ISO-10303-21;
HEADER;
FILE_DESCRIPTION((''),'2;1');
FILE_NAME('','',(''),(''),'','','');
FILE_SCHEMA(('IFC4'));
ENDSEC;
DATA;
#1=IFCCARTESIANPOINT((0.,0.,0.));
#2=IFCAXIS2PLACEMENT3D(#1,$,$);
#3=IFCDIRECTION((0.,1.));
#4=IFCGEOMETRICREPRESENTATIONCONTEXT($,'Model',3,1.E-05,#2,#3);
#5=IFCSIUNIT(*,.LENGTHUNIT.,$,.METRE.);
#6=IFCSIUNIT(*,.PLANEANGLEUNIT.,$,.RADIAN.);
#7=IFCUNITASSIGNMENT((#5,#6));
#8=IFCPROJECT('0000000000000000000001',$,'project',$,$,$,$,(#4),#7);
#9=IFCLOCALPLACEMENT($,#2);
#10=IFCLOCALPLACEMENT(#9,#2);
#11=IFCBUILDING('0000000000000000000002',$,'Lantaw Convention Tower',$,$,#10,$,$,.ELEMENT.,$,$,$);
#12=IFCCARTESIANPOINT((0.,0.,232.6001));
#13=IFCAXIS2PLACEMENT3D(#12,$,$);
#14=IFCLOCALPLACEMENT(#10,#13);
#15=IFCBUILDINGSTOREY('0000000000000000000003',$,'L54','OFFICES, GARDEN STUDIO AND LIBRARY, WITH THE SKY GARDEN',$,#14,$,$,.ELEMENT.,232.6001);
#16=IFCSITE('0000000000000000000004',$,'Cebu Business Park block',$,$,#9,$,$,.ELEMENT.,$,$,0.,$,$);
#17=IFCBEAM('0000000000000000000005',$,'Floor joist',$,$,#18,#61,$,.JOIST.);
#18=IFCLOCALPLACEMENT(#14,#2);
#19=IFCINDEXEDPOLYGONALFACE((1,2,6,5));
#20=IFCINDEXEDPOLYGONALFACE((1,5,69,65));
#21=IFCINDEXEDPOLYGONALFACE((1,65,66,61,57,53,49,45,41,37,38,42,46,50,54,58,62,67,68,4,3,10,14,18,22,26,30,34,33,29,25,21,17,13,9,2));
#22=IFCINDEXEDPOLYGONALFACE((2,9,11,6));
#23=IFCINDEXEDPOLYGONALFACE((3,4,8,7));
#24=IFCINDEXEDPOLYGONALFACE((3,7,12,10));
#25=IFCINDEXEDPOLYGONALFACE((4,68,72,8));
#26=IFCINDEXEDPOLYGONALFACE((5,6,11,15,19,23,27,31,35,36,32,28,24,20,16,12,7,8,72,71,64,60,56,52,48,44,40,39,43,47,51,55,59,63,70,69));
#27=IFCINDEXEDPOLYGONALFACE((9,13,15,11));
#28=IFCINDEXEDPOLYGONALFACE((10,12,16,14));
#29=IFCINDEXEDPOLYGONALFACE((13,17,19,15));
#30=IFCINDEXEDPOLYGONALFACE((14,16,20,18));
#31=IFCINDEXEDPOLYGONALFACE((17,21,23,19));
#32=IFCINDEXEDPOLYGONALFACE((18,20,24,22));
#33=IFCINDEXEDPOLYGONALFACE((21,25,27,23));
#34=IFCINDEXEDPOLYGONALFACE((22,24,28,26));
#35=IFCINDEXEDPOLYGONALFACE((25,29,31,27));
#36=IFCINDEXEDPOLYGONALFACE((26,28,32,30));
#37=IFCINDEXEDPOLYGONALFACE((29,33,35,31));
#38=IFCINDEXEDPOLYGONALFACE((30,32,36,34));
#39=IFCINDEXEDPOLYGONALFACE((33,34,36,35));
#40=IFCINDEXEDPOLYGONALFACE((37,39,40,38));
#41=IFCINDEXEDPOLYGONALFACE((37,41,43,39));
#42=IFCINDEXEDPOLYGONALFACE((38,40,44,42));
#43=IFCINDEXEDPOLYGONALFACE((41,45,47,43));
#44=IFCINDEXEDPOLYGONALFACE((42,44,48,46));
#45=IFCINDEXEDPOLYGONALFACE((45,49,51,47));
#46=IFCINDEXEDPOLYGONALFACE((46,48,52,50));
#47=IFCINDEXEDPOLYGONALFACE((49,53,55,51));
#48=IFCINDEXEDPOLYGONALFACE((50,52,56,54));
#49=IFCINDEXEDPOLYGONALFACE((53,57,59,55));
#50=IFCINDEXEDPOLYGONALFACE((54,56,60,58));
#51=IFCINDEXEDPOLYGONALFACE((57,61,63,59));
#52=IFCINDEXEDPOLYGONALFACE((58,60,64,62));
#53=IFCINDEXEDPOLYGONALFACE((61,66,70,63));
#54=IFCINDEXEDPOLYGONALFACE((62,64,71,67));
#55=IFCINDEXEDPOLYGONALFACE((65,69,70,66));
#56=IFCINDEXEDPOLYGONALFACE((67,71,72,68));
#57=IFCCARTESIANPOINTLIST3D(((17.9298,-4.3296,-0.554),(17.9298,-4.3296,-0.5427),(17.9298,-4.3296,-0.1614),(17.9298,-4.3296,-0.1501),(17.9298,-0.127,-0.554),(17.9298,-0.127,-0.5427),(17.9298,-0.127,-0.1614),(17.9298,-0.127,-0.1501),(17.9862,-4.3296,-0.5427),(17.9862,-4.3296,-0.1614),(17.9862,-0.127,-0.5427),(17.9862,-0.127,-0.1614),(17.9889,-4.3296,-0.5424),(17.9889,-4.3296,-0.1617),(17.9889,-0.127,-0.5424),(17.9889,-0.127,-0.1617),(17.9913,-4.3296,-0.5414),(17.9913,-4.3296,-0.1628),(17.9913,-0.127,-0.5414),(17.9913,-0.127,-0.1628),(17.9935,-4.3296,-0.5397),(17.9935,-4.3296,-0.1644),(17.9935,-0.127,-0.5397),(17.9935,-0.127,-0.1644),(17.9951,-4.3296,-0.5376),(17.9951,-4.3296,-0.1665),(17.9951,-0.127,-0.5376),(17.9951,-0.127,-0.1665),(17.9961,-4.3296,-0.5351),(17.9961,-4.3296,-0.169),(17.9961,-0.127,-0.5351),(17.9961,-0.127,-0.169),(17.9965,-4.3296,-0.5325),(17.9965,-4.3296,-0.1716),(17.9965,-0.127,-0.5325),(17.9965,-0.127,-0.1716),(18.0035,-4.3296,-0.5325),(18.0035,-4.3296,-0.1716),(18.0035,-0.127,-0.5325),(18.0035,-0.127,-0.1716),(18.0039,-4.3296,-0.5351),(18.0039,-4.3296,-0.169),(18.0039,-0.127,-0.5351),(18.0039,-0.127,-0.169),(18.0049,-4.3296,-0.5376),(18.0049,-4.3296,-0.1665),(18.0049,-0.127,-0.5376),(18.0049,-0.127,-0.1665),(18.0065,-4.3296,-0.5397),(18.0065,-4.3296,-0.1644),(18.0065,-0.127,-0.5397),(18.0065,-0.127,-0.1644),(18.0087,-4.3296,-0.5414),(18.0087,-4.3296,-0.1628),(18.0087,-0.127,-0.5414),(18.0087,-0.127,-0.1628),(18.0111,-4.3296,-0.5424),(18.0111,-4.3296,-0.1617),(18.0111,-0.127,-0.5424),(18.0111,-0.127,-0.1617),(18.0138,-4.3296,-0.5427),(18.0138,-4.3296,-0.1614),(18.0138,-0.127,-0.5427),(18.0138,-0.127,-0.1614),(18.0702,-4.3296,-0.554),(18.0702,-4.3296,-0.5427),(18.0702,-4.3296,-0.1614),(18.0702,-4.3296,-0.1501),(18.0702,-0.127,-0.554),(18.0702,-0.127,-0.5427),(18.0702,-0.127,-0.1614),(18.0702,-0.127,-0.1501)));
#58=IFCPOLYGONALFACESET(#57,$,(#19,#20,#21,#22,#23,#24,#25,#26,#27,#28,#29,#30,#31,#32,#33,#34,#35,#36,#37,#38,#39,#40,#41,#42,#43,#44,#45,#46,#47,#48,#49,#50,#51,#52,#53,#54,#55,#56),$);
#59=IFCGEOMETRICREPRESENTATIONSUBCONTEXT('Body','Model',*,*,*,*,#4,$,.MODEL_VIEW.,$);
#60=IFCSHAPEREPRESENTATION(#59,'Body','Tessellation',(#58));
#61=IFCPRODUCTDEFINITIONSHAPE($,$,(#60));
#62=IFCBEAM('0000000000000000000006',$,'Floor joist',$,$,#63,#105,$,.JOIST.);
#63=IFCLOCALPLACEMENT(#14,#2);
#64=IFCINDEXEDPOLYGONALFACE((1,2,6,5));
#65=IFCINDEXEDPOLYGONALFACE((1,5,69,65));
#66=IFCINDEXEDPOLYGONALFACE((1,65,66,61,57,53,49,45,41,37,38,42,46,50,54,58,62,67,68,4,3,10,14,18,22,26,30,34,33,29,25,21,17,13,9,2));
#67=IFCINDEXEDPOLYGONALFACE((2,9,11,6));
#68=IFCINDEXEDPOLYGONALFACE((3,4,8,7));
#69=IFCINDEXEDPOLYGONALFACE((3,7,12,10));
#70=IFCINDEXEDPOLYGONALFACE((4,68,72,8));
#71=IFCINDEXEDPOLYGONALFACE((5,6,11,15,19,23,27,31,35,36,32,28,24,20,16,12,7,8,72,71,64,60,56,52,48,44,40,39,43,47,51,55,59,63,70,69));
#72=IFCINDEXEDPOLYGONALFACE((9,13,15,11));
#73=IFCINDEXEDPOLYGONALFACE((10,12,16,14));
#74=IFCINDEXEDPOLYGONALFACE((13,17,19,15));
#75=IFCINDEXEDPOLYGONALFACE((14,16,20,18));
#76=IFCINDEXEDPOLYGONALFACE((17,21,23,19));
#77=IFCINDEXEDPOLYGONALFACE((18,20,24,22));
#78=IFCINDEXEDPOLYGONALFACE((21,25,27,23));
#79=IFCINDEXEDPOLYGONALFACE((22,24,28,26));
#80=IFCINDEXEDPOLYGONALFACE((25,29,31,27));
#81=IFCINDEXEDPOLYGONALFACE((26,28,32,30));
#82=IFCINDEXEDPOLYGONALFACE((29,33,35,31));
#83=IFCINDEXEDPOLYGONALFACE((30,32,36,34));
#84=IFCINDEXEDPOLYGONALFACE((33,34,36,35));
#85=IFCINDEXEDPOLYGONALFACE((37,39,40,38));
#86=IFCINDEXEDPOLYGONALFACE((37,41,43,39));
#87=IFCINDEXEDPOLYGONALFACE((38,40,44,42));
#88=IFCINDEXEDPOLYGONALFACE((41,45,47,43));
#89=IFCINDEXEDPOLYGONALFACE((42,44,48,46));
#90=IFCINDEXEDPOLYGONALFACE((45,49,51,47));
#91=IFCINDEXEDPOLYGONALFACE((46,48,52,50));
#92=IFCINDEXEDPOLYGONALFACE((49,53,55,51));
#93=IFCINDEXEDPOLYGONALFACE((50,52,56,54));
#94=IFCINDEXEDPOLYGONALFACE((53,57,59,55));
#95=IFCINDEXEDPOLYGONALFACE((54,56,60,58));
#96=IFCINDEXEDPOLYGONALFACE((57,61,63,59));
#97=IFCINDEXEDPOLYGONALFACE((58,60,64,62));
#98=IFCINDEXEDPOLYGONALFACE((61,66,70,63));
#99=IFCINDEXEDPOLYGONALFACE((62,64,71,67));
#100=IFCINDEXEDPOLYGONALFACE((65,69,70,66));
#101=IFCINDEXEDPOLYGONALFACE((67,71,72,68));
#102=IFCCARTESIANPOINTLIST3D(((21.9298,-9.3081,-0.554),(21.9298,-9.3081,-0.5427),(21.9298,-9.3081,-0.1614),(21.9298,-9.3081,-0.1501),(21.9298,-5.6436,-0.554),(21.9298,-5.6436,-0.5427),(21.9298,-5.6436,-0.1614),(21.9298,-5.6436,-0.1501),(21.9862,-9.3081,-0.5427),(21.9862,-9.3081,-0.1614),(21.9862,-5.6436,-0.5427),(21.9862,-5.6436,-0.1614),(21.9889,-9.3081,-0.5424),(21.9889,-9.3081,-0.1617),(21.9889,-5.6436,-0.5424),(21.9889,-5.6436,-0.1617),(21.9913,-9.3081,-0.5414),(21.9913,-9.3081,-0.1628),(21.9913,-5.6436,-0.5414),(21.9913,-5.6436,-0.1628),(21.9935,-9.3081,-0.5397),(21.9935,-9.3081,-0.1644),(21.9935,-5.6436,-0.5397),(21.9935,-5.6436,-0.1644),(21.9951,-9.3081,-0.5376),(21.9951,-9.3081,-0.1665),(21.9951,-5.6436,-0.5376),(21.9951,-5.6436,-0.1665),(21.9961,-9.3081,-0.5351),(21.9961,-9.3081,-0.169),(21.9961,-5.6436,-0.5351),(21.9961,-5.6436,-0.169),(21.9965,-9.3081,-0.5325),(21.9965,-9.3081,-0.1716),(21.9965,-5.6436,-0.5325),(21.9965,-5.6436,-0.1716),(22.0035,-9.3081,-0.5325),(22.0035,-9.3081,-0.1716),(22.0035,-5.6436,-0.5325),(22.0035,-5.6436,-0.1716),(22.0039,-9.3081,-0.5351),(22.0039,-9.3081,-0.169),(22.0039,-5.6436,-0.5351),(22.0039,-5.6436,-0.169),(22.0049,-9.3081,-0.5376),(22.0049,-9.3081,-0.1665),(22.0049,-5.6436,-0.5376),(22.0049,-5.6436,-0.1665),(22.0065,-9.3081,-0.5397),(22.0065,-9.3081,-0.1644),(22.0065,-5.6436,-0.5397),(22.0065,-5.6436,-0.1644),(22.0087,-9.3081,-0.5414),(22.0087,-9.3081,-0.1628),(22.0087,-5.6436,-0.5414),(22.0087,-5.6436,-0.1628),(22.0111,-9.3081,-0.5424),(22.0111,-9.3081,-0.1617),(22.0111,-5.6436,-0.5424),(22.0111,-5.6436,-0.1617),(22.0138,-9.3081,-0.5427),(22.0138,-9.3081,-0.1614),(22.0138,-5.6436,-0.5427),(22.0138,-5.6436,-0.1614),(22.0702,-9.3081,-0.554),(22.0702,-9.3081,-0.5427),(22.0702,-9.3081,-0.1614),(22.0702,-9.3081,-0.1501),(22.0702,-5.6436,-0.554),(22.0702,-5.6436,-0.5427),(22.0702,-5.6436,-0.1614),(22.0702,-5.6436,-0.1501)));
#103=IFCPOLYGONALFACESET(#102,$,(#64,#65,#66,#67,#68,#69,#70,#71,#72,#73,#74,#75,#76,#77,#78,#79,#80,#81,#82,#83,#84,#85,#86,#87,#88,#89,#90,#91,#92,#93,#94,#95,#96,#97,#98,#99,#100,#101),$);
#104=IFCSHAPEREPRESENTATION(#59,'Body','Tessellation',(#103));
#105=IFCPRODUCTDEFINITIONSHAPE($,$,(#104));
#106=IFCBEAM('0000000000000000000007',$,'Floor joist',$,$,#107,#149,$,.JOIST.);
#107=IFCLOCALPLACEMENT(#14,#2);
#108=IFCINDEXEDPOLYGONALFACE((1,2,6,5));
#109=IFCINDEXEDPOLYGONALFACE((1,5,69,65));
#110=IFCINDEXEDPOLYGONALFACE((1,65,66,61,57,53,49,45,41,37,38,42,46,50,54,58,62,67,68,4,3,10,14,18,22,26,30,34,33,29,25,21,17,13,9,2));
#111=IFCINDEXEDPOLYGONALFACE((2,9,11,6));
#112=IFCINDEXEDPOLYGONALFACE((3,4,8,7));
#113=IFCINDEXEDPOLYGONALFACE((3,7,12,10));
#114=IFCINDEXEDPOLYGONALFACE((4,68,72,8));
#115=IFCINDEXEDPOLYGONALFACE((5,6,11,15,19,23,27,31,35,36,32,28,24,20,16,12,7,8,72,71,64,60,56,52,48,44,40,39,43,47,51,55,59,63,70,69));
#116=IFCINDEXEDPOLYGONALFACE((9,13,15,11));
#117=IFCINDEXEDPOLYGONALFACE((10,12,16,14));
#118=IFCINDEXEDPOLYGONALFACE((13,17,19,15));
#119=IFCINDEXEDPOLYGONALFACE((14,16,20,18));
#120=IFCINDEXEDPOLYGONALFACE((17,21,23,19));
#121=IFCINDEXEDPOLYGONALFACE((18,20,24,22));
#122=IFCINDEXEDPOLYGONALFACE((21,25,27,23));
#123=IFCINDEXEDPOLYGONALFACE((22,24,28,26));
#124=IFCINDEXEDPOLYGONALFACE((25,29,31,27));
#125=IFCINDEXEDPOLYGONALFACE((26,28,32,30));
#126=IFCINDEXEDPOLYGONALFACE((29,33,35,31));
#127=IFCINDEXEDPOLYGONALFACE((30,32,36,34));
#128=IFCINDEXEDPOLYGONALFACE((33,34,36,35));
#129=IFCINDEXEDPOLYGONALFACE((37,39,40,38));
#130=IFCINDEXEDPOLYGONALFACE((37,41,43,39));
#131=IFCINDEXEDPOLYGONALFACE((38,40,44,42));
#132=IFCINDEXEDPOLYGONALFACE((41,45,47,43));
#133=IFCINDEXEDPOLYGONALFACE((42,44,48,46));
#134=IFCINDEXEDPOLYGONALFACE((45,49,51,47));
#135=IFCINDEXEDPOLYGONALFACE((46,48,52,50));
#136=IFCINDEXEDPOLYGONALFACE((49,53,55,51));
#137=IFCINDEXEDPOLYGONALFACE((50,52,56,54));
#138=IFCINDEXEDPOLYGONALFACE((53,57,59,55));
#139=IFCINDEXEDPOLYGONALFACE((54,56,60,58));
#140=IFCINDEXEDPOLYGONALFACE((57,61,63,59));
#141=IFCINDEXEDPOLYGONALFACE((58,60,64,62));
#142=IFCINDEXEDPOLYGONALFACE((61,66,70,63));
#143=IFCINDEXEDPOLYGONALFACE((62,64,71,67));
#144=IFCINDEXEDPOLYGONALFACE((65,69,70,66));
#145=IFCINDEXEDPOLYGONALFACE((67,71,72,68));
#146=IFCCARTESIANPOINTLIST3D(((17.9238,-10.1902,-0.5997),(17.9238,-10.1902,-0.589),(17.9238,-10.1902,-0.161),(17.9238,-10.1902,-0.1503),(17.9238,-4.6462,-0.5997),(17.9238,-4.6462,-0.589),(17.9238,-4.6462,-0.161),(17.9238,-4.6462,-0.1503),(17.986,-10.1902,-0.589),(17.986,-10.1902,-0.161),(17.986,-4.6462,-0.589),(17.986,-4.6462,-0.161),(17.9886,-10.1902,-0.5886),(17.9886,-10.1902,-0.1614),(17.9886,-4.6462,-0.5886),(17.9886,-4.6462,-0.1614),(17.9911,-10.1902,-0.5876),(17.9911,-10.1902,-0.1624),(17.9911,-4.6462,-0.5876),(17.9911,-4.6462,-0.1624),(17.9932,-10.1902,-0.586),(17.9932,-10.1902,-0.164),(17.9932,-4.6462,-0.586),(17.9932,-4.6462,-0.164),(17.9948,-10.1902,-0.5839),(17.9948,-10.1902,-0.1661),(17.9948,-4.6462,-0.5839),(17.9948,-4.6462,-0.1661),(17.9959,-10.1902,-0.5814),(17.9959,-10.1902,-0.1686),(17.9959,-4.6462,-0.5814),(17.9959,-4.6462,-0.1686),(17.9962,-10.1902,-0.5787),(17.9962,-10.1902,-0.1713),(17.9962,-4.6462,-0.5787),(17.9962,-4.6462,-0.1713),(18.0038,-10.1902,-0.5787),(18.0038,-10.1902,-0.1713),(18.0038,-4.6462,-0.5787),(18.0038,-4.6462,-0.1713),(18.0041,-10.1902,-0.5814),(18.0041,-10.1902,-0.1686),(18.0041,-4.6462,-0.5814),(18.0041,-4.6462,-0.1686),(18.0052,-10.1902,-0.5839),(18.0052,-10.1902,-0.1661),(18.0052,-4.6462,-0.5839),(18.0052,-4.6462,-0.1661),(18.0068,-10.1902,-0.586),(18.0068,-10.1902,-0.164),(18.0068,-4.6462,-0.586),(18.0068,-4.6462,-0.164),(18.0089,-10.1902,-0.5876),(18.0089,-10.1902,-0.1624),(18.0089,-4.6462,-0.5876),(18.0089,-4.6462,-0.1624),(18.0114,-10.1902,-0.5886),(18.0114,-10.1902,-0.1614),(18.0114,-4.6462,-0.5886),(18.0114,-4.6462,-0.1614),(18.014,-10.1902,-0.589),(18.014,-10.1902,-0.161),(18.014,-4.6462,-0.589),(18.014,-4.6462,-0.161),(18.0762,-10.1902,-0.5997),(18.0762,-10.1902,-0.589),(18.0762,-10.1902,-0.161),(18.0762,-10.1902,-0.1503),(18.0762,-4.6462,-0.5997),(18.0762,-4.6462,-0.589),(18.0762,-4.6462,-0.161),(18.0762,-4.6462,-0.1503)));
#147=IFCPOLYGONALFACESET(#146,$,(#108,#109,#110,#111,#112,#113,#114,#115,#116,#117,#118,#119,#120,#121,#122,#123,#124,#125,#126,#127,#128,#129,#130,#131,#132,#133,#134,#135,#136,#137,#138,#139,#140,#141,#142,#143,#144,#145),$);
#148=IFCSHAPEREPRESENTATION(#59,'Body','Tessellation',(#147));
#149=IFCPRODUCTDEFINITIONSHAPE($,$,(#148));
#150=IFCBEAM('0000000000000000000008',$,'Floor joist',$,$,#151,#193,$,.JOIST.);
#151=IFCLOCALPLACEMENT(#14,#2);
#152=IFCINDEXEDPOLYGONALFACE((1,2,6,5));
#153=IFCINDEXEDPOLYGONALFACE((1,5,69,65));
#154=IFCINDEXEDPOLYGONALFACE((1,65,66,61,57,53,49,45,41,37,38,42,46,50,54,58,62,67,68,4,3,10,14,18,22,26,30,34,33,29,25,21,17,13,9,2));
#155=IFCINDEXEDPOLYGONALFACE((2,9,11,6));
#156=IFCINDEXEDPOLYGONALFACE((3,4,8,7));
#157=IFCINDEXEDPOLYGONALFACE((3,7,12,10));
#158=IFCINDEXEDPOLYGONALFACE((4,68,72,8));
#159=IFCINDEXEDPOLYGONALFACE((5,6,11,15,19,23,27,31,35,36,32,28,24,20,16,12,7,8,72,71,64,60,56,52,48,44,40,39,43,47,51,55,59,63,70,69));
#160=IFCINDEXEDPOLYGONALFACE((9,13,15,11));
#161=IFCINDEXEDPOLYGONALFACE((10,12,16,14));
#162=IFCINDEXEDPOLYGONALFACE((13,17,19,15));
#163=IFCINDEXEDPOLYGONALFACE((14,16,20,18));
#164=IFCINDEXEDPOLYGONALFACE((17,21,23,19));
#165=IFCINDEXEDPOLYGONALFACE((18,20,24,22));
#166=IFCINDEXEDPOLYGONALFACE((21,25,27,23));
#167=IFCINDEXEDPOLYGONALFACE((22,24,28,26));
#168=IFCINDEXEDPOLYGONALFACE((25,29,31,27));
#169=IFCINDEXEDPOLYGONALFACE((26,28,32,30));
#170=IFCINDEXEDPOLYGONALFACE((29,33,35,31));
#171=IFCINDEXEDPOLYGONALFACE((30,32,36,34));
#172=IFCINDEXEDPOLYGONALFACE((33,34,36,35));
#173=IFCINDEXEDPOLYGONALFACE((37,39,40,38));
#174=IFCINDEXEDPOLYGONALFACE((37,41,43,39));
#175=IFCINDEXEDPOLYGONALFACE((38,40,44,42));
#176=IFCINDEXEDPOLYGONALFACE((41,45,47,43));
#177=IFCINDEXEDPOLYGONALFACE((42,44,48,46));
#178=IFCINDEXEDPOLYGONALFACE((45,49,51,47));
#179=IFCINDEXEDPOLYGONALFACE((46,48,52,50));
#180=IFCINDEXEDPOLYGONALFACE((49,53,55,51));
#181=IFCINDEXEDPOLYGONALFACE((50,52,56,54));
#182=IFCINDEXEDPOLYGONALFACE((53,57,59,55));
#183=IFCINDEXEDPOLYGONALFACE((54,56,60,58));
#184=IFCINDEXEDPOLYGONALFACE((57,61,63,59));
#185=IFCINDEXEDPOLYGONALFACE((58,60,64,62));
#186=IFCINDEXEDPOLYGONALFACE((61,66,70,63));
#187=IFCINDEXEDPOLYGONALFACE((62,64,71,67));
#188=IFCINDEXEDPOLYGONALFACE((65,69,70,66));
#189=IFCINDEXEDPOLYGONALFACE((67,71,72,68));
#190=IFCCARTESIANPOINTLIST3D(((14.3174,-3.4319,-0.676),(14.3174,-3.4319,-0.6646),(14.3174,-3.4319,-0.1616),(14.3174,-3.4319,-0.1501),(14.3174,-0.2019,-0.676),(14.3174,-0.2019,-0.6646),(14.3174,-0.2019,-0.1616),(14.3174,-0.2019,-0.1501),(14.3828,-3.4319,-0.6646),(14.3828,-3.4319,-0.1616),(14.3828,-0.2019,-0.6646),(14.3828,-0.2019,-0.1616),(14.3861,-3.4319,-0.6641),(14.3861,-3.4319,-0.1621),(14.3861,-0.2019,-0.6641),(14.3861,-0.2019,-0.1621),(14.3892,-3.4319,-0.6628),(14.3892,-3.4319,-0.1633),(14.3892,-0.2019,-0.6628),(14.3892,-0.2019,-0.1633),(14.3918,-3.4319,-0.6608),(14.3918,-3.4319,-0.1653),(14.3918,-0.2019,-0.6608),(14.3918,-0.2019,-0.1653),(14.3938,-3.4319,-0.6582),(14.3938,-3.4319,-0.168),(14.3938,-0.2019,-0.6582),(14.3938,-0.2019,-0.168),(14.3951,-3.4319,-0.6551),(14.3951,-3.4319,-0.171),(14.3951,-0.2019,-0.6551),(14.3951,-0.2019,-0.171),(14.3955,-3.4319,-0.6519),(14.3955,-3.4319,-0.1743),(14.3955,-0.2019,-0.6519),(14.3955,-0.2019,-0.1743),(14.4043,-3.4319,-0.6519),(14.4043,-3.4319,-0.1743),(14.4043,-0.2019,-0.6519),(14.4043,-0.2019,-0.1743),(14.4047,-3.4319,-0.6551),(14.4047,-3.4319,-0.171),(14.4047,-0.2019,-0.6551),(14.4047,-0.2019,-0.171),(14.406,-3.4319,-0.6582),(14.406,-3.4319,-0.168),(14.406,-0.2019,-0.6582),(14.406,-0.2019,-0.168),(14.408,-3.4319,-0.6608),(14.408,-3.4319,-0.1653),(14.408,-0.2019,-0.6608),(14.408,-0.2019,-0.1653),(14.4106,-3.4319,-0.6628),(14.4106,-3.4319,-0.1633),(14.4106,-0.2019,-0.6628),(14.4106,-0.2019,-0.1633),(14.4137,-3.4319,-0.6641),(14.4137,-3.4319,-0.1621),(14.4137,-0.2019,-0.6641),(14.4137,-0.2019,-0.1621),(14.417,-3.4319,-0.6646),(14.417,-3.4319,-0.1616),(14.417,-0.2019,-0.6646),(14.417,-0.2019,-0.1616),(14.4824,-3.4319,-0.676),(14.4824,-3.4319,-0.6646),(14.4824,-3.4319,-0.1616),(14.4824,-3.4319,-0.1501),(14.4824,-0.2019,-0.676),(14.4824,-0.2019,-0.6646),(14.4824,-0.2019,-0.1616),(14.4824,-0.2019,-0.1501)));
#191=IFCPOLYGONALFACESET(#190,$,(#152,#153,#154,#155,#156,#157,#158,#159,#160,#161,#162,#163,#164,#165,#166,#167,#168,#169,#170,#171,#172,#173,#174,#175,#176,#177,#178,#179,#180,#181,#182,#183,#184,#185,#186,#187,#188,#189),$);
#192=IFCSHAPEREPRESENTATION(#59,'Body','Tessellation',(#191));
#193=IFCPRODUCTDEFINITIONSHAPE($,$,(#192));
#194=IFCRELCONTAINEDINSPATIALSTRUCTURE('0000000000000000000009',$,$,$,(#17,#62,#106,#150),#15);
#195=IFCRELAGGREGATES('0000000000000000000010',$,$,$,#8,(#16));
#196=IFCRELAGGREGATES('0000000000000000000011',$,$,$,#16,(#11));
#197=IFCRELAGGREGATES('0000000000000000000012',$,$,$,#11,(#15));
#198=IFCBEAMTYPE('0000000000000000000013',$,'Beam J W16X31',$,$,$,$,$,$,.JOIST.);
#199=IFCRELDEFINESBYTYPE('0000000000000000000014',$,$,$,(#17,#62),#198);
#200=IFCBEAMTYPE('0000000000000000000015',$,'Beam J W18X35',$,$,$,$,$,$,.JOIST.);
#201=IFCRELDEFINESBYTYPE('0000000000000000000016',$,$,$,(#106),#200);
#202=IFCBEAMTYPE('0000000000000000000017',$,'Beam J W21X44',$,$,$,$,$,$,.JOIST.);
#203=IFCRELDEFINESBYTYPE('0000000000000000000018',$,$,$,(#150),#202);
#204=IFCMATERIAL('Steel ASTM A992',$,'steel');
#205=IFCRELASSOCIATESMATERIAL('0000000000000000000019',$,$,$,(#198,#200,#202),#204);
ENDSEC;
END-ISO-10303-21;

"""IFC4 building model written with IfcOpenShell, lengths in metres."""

from ifc_helpers import new_model, si_unit, direction, frame, origin, origin_2d, place, context, subcontext, project, spatial, i_section, extrude, material, material_profile, profile_set, type_object, element, save


model = new_model("IFC4")

# Units and contexts
model_context = context("Model", 3, precision=1e-05, world=origin(), true_north=direction((0.0, 1.0)))
body_context = subcontext(model_context, "Body", "Model", "MODEL_VIEW")
ifc_project = project(units=[si_unit("LENGTHUNIT", "METRE"), si_unit("PLANEANGLEUNIT", "RADIAN")], contexts=[model_context])

# Site, building, storey
site_placement = place(None, origin())
site = spatial("IfcSite", under=ifc_project, at=site_placement, Name="Cebu Business Park block", CompositionType="ELEMENT", RefElevation=0.0)
building_placement = place(site_placement, origin())
building = spatial("IfcBuilding", under=site, at=building_placement, Name="Lantaw Convention Tower", CompositionType="ELEMENT")
storey_placement = place(building_placement, frame((0.0, 0.0, 232.6001)))
storey = spatial("IfcBuildingStorey", under=building, at=storey_placement, Name="L54", Description="OFFICES, GARDEN STUDIO AND LIBRARY, WITH THE SKY GARDEN", CompositionType="ELEMENT", Elevation=232.6001)

# Beams
ifc_material_1 = material(Name="Steel ASTM A992", Category="steel")
ifc_material_profile_1 = material_profile(ifc_material_1, i_section(OverallWidth=0.1404, OverallDepth=0.4038, WebThickness=0.0071, FlangeThickness=0.0112, FilletRadius=0.0103, at=origin_2d()), Name="W16X31")
ifc_profile_set_1 = profile_set([ifc_material_profile_1], Name="Steel ASTM A992")
beam_type_1 = type_object("IfcBeamType", Name="Beam J W16X31", PredefinedType="JOIST", material=ifc_profile_set_1)
beam_1_placement = place(storey_placement, frame((18.0, -4.3296, -0.3521), z_axis=(0.0, 1.0, 0.0), x_axis=(-1.0, 0.0, 0.0)))
element("IfcBeam", 1, at=beam_1_placement, inside=storey, type_object=beam_type_1, Name="Floor joist", PredefinedType="JOIST", context=body_context, shape_type="SweptSolid", body=[
    extrude(i_section(OverallWidth=0.1404, OverallDepth=0.4038, WebThickness=0.0071, FlangeThickness=0.0112, FilletRadius=0.0103, at=origin_2d()), origin(), (0.0, 0.0, 1.0), 4.2026),
])
beam_2_placement = place(storey_placement, frame((22.0, -9.3081, -0.3521), z_axis=(0.0, 1.0, 0.0), x_axis=(-1.0, 0.0, 0.0)))
element("IfcBeam", 2, at=beam_2_placement, inside=storey, type_object=beam_type_1, Name="Floor joist", PredefinedType="JOIST", context=body_context, shape_type="SweptSolid", body=[
    extrude(i_section(OverallWidth=0.1404, OverallDepth=0.4038, WebThickness=0.0071, FlangeThickness=0.0112, FilletRadius=0.0103, at=origin_2d()), origin(), (0.0, 0.0, 1.0), 3.6646),
])
ifc_material_profile_2 = material_profile(ifc_material_1, i_section(OverallWidth=0.1523, OverallDepth=0.4495, WebThickness=0.0076, FlangeThickness=0.0107, FilletRadius=0.0103, at=origin_2d()), Name="W18X35")
ifc_profile_set_2 = profile_set([ifc_material_profile_2], Name="Steel ASTM A992")
beam_type_2 = type_object("IfcBeamType", Name="Beam J W18X35", PredefinedType="JOIST", material=ifc_profile_set_2)
beam_3_placement = place(storey_placement, frame((18.0, -10.1902, -0.375), z_axis=(0.0, 1.0, 0.0), x_axis=(-1.0, 0.0, 0.0)))
element("IfcBeam", 3, at=beam_3_placement, inside=storey, type_object=beam_type_2, Name="Floor joist", PredefinedType="JOIST", context=body_context, shape_type="SweptSolid", body=[
    extrude(i_section(OverallWidth=0.1523, OverallDepth=0.4495, WebThickness=0.0076, FlangeThickness=0.0107, FilletRadius=0.0103, at=origin_2d()), origin(), (0.0, 0.0, 1.0), 5.5439),
])
ifc_material_profile_3 = material_profile(ifc_material_1, i_section(OverallWidth=0.165, OverallDepth=0.5259, WebThickness=0.0088, FlangeThickness=0.0115, FilletRadius=0.0127, at=origin_2d()), Name="W21X44")
ifc_profile_set_3 = profile_set([ifc_material_profile_3], Name="Steel ASTM A992")
beam_type_3 = type_object("IfcBeamType", Name="Beam J W21X44", PredefinedType="JOIST", material=ifc_profile_set_3)
beam_4_placement = place(storey_placement, frame((14.3999, -3.4319, -0.4131), z_axis=(0.0, 1.0, 0.0), x_axis=(-1.0, 0.0, 0.0)))
element("IfcBeam", 4, at=beam_4_placement, inside=storey, type_object=beam_type_3, Name="Floor joist", PredefinedType="JOIST", context=body_context, shape_type="SweptSolid", body=[
    extrude(i_section(OverallWidth=0.165, OverallDepth=0.5259, WebThickness=0.0088, FlangeThickness=0.0115, FilletRadius=0.0127, at=origin_2d()), origin(), (0.0, 0.0, 1.0), 3.23),
])

save(model, "model.ifc")
